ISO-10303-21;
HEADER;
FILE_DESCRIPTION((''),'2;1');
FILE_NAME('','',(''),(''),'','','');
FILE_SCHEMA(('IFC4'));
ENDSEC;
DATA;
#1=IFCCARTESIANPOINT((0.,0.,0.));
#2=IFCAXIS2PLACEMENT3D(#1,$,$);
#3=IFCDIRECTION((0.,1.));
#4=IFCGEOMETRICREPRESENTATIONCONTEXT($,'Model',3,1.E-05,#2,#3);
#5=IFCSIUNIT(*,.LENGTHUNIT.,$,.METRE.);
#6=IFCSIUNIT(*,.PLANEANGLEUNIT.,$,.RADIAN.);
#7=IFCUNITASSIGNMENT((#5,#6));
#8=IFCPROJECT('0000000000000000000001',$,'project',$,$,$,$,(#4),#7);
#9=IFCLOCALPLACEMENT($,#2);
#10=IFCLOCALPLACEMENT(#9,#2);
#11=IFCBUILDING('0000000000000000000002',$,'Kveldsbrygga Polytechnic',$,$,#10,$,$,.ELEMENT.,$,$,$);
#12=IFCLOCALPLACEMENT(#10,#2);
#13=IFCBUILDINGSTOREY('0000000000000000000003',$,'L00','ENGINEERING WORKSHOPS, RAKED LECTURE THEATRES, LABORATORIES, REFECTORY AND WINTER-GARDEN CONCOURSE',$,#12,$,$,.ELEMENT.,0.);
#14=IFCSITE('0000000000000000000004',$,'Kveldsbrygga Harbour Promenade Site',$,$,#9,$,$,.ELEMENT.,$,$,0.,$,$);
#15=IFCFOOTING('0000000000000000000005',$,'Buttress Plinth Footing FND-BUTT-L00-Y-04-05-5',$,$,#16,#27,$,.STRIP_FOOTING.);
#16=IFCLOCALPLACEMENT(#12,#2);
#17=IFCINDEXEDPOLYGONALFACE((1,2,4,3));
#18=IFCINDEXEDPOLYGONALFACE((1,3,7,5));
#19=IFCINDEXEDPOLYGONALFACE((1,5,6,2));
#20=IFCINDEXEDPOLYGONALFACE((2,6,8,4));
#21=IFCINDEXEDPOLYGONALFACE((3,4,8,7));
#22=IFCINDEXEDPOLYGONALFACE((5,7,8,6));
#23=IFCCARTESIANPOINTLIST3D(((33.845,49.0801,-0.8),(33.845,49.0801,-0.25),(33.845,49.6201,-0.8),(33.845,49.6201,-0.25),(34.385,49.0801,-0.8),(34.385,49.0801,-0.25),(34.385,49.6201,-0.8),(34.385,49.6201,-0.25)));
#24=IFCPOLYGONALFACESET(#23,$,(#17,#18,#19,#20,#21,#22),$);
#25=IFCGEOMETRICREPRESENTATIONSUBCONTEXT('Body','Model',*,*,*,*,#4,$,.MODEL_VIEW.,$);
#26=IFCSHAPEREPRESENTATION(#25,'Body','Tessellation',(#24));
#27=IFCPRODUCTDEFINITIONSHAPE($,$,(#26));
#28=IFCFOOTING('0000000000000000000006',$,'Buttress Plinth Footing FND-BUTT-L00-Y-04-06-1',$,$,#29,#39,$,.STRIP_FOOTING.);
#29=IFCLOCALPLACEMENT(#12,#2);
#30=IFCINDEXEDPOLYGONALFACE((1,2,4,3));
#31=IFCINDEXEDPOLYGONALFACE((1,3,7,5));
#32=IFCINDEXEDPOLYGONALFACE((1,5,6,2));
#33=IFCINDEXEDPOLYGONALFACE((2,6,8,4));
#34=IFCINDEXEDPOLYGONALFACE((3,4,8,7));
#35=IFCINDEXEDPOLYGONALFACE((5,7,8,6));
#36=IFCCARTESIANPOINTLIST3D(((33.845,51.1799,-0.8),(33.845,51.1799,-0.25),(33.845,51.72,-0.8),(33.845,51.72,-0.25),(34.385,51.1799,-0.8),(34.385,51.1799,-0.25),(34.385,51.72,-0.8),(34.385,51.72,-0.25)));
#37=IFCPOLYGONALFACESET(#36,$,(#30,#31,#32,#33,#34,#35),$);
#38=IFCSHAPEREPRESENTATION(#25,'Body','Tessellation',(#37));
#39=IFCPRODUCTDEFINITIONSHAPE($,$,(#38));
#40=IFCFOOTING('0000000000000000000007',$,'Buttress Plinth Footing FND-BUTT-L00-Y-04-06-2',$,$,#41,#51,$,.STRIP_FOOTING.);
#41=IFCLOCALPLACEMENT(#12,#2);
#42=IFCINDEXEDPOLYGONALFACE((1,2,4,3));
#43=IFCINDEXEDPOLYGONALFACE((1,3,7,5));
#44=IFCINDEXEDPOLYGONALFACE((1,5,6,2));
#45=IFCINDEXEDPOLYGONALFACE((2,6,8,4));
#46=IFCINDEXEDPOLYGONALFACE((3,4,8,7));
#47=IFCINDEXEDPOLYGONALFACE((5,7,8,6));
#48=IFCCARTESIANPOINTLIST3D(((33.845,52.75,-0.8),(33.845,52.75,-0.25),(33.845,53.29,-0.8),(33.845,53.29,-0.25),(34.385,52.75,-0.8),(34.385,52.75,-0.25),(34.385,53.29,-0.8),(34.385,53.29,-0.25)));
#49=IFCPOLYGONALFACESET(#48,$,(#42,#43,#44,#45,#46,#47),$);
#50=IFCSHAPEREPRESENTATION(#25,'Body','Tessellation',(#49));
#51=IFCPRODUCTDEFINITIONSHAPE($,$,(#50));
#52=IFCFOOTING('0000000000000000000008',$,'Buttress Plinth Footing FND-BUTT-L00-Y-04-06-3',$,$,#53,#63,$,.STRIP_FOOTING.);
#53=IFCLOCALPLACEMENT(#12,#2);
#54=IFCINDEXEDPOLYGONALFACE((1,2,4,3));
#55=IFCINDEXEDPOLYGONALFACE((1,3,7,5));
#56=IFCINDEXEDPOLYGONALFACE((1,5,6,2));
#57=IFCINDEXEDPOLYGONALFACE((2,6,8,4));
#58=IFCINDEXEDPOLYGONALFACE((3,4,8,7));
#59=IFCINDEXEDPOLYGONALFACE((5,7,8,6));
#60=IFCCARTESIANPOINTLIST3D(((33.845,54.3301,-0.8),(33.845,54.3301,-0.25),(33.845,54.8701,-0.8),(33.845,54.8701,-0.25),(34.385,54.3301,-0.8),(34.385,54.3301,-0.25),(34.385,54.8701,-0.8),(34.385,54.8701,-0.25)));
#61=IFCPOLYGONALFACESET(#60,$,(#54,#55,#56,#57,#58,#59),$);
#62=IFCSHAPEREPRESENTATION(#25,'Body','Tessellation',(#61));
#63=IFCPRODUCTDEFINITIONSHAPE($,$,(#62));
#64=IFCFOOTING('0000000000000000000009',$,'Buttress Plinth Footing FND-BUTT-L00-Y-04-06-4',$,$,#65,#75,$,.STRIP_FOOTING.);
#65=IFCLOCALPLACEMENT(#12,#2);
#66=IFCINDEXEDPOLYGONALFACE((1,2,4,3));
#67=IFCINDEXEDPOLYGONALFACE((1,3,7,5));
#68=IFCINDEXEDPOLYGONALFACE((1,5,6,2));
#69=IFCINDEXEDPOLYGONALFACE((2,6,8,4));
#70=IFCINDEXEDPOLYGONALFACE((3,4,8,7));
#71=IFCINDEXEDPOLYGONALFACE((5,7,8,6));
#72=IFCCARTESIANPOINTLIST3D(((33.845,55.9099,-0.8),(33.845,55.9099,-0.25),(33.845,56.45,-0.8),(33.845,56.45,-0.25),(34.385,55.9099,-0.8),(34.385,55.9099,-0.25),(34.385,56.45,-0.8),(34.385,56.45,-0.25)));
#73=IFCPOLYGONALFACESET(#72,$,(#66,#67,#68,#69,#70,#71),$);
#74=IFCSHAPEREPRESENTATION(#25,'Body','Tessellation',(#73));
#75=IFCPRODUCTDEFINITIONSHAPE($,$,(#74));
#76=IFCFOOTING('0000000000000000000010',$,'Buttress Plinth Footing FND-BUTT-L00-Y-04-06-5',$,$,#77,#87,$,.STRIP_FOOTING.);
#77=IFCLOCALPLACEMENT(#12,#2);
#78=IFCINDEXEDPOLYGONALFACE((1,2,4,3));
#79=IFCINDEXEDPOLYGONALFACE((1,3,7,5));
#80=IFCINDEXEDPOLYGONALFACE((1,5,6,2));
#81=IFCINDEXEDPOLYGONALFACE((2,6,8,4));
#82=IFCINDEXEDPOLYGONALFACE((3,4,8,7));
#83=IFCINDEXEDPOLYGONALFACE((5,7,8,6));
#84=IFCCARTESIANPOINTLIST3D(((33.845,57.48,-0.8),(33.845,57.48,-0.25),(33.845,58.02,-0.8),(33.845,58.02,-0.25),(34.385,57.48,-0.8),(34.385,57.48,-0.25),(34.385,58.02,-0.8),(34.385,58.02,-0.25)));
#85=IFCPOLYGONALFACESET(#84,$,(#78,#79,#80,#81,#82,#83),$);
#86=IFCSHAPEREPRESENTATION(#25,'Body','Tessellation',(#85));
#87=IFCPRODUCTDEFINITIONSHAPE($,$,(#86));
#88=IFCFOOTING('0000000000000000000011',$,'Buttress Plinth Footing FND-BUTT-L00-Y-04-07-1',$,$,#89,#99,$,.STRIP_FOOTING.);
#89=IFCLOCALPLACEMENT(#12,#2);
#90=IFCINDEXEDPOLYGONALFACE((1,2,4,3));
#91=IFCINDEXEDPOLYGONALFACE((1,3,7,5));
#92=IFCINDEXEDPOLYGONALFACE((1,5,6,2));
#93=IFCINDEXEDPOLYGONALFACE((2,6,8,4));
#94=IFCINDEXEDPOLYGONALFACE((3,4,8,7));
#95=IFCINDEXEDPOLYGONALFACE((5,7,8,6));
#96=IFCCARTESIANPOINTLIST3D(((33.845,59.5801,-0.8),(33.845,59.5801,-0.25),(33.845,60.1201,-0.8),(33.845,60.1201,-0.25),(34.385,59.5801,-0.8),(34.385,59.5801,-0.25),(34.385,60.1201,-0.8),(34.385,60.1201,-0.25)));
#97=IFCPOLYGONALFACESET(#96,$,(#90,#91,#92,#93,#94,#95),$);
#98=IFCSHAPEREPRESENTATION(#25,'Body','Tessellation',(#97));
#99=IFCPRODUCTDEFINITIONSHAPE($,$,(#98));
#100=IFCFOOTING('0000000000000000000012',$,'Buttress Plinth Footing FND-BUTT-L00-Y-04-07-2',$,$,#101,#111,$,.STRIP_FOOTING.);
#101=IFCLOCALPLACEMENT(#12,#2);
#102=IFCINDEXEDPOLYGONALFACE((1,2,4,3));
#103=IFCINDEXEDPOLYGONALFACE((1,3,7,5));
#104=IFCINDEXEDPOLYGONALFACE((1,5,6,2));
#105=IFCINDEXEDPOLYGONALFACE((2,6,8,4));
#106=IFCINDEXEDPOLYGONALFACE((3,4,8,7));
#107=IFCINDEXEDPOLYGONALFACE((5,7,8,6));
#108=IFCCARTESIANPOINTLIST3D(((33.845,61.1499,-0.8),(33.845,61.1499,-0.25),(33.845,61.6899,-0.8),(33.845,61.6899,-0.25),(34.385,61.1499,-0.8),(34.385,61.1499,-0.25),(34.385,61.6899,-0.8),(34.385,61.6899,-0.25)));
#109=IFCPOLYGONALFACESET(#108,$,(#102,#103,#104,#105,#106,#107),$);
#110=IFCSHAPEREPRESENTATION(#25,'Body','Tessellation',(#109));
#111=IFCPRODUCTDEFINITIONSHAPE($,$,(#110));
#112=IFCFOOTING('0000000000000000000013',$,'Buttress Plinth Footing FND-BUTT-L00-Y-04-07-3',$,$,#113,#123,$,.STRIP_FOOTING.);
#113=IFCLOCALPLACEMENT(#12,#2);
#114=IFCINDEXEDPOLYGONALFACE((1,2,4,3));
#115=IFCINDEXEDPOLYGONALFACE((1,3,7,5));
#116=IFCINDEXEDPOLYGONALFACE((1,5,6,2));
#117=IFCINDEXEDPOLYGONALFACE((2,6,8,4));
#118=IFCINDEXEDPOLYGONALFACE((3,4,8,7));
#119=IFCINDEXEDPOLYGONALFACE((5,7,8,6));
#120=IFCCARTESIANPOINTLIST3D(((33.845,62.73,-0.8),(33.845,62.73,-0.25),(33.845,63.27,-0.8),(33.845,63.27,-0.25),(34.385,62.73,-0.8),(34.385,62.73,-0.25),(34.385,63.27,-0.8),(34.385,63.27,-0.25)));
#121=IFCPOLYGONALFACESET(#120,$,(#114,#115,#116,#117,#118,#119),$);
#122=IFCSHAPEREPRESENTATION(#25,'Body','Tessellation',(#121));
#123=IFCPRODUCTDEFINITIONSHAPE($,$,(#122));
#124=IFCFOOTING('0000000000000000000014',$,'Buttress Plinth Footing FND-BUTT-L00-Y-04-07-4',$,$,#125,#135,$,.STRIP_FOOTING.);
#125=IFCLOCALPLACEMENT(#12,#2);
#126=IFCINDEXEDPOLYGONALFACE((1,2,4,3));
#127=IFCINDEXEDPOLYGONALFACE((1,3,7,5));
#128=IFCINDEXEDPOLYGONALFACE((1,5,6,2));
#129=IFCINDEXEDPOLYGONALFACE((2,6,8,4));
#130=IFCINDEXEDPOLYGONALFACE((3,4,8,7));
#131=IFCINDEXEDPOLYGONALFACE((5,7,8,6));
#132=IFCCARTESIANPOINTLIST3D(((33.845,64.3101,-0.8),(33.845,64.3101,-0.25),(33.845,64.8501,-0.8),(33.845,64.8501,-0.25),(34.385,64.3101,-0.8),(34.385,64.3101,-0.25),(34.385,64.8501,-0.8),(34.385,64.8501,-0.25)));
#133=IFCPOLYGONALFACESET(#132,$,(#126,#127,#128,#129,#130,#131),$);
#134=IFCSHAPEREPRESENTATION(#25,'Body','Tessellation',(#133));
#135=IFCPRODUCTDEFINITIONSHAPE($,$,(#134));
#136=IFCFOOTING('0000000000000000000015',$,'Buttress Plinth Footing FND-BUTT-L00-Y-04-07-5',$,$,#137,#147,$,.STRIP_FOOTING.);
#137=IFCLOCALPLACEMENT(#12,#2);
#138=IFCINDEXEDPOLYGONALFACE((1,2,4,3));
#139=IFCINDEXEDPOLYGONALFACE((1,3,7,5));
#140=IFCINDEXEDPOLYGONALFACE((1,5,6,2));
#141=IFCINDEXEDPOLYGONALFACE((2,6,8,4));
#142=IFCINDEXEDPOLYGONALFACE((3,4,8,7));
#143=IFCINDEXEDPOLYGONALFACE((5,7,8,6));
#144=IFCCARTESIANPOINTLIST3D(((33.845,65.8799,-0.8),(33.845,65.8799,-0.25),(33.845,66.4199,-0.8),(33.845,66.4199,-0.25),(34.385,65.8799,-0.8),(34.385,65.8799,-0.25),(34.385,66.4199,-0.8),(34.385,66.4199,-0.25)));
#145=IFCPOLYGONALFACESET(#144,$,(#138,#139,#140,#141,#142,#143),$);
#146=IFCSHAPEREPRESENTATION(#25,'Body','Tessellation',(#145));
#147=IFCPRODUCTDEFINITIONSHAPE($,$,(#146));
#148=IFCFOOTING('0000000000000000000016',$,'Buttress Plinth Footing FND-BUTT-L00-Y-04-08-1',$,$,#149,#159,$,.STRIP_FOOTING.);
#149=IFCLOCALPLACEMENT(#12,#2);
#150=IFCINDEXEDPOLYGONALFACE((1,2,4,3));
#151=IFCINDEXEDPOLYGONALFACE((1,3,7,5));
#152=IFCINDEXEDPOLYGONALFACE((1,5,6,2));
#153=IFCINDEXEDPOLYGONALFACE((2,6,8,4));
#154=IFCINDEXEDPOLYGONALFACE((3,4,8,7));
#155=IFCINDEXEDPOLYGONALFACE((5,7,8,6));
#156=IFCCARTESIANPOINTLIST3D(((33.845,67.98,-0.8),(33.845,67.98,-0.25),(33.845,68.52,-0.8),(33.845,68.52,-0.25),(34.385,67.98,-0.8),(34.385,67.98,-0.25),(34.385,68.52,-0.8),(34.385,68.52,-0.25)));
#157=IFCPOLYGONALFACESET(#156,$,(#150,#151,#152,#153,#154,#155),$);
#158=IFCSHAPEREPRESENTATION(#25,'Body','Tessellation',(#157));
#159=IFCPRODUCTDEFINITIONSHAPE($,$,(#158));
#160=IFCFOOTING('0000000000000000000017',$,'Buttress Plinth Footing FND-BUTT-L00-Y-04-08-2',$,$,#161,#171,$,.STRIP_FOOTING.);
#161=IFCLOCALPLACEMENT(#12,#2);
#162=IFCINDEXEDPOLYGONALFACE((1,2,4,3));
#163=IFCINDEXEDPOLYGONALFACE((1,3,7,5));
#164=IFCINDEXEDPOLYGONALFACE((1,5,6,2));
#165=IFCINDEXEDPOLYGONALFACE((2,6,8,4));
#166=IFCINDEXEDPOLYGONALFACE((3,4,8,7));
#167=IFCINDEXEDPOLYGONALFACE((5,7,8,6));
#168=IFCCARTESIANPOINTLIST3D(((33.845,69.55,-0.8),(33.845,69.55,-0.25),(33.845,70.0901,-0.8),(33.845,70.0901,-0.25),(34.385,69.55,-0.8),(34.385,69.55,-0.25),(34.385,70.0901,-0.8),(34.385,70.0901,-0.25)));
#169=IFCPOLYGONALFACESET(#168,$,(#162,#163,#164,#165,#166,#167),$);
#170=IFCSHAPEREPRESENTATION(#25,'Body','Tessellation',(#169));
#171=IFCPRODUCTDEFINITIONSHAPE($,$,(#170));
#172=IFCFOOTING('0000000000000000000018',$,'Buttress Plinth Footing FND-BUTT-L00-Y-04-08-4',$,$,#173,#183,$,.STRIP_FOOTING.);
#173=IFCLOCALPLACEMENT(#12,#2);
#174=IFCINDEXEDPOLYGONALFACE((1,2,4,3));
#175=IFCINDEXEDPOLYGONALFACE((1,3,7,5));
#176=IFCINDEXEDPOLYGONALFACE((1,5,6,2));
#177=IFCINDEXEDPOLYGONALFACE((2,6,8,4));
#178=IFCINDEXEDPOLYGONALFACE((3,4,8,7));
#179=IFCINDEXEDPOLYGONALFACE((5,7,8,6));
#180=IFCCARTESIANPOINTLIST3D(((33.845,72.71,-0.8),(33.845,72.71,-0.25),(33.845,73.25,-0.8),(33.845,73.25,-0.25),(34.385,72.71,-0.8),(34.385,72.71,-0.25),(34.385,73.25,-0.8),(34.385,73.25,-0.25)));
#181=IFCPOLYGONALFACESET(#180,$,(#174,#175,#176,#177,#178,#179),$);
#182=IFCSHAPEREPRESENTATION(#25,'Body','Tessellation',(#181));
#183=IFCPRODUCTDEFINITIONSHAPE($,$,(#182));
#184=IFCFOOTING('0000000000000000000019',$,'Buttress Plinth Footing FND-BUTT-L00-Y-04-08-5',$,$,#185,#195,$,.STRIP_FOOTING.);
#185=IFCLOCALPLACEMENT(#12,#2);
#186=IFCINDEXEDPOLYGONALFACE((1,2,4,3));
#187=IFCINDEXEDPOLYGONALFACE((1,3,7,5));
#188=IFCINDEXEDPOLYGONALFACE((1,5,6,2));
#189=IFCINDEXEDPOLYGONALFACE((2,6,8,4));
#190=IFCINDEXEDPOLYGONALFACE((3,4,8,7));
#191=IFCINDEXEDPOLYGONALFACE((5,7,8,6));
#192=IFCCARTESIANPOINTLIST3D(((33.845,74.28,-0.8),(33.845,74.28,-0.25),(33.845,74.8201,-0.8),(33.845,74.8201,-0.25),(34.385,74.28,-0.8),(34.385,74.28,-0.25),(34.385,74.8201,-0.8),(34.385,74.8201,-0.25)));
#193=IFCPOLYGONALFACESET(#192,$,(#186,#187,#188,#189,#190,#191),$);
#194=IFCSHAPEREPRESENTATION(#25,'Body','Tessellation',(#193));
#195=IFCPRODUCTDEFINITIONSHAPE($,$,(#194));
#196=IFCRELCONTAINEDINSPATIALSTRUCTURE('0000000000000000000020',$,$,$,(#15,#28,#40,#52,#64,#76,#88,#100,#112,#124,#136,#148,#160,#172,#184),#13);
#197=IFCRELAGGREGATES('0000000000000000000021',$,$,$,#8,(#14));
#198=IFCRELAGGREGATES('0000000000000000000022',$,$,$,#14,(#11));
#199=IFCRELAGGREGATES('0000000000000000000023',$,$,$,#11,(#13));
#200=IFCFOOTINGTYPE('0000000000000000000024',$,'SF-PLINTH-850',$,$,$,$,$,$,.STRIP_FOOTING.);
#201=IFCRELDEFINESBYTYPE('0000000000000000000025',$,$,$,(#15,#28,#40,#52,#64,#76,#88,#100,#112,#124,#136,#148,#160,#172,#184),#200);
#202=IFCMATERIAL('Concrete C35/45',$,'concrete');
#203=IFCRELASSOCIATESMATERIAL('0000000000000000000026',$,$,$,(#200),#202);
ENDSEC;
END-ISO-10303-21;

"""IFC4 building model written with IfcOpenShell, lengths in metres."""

from ifc_helpers import new_model, si_unit, direction, frame, origin, place, context, subcontext, project, spatial, polyline, outline, extrude, material, type_object, element, save


model = new_model("IFC4")

# Units and contexts
model_context = context("Model", 3, precision=1e-05, world=origin(), true_north=direction((0.0, 1.0)))
body_context = subcontext(model_context, "Body", "Model", "MODEL_VIEW")
ifc_project = project(units=[si_unit("LENGTHUNIT", "METRE"), si_unit("PLANEANGLEUNIT", "RADIAN")], contexts=[model_context])

# Site, building, storey
site_placement = place(None, origin())
site = spatial("IfcSite", under=ifc_project, at=site_placement, Name="Kveldsbrygga Harbour Promenade Site", CompositionType="ELEMENT", RefElevation=0.0)
building_placement = place(site_placement, origin())
building = spatial("IfcBuilding", under=site, at=building_placement, Name="Kveldsbrygga Polytechnic", CompositionType="ELEMENT")
storey_placement = place(building_placement, origin())
storey = spatial("IfcBuildingStorey", under=building, at=storey_placement, Name="L00", Description="ENGINEERING WORKSHOPS, RAKED LECTURE THEATRES, LABORATORIES, REFECTORY AND WINTER-GARDEN CONCOURSE", CompositionType="ELEMENT", Elevation=0.0)

# Footings
ifc_material = material(Name="Concrete C35/45", Category="concrete")
footing_type = type_object("IfcFootingType", Name="SF-PLINTH-850", PredefinedType="STRIP_FOOTING", material=ifc_material)
footing_1_placement = place(storey_placement, frame((0.0, 0.0, -0.8)))
element("IfcFooting", 1, at=footing_1_placement, inside=storey, type_object=footing_type, Name="Buttress Plinth Footing FND-BUTT-L00-Y-04-05-5", PredefinedType="STRIP_FOOTING", context=body_context, shape_type="SweptSolid", body=[
    extrude(outline(polyline([(33.845, 49.0801), (34.385, 49.0801), (34.385, 49.6201), (33.845, 49.6201), (33.845, 49.0801)])), origin(), (0.0, 0.0, 1.0), 0.55),
])
footing_2_placement = place(storey_placement, frame((0.0, 0.0, -0.8)))
element("IfcFooting", 2, at=footing_2_placement, inside=storey, type_object=footing_type, Name="Buttress Plinth Footing FND-BUTT-L00-Y-04-06-1", PredefinedType="STRIP_FOOTING", context=body_context, shape_type="SweptSolid", body=[
    extrude(outline(polyline([(33.845, 51.1799), (34.385, 51.1799), (34.385, 51.72), (33.845, 51.72), (33.845, 51.1799)])), origin(), (0.0, 0.0, 1.0), 0.55),
])
footing_3_placement = place(storey_placement, frame((0.0, 0.0, -0.8)))
element("IfcFooting", 3, at=footing_3_placement, inside=storey, type_object=footing_type, Name="Buttress Plinth Footing FND-BUTT-L00-Y-04-06-2", PredefinedType="STRIP_FOOTING", context=body_context, shape_type="SweptSolid", body=[
    extrude(outline(polyline([(33.845, 52.75), (34.385, 52.75), (34.385, 53.29), (33.845, 53.29), (33.845, 52.75)])), origin(), (0.0, 0.0, 1.0), 0.55),
])
footing_4_placement = place(storey_placement, frame((0.0, 0.0, -0.8)))
element("IfcFooting", 4, at=footing_4_placement, inside=storey, type_object=footing_type, Name="Buttress Plinth Footing FND-BUTT-L00-Y-04-06-3", PredefinedType="STRIP_FOOTING", context=body_context, shape_type="SweptSolid", body=[
    extrude(outline(polyline([(33.845, 54.3301), (34.385, 54.3301), (34.385, 54.8701), (33.845, 54.8701), (33.845, 54.3301)])), origin(), (0.0, 0.0, 1.0), 0.55),
])
footing_5_placement = place(storey_placement, frame((0.0, 0.0, -0.8)))
element("IfcFooting", 5, at=footing_5_placement, inside=storey, type_object=footing_type, Name="Buttress Plinth Footing FND-BUTT-L00-Y-04-06-4", PredefinedType="STRIP_FOOTING", context=body_context, shape_type="SweptSolid", body=[
    extrude(outline(polyline([(33.845, 55.9099), (34.385, 55.9099), (34.385, 56.45), (33.845, 56.45), (33.845, 55.9099)])), origin(), (0.0, 0.0, 1.0), 0.55),
])
footing_6_placement = place(storey_placement, frame((0.0, 0.0, -0.8)))
element("IfcFooting", 6, at=footing_6_placement, inside=storey, type_object=footing_type, Name="Buttress Plinth Footing FND-BUTT-L00-Y-04-06-5", PredefinedType="STRIP_FOOTING", context=body_context, shape_type="SweptSolid", body=[
    extrude(outline(polyline([(33.845, 57.48), (34.385, 57.48), (34.385, 58.02), (33.845, 58.02), (33.845, 57.48)])), origin(), (0.0, 0.0, 1.0), 0.55),
])
footing_7_placement = place(storey_placement, frame((0.0, 0.0, -0.8)))
element("IfcFooting", 7, at=footing_7_placement, inside=storey, type_object=footing_type, Name="Buttress Plinth Footing FND-BUTT-L00-Y-04-07-1", PredefinedType="STRIP_FOOTING", context=body_context, shape_type="SweptSolid", body=[
    extrude(outline(polyline([(33.845, 59.5801), (34.385, 59.5801), (34.385, 60.1201), (33.845, 60.1201), (33.845, 59.5801)])), origin(), (0.0, 0.0, 1.0), 0.55),
])
footing_8_placement = place(storey_placement, frame((0.0, 0.0, -0.8)))
element("IfcFooting", 8, at=footing_8_placement, inside=storey, type_object=footing_type, Name="Buttress Plinth Footing FND-BUTT-L00-Y-04-07-2", PredefinedType="STRIP_FOOTING", context=body_context, shape_type="SweptSolid", body=[
    extrude(outline(polyline([(33.845, 61.1499), (34.385, 61.1499), (34.385, 61.6899), (33.845, 61.6899), (33.845, 61.1499)])), origin(), (0.0, 0.0, 1.0), 0.55),
])
footing_9_placement = place(storey_placement, frame((0.0, 0.0, -0.8)))
element("IfcFooting", 9, at=footing_9_placement, inside=storey, type_object=footing_type, Name="Buttress Plinth Footing FND-BUTT-L00-Y-04-07-3", PredefinedType="STRIP_FOOTING", context=body_context, shape_type="SweptSolid", body=[
    extrude(outline(polyline([(33.845, 62.73), (34.385, 62.73), (34.385, 63.27), (33.845, 63.27), (33.845, 62.73)])), origin(), (0.0, 0.0, 1.0), 0.55),
])
footing_10_placement = place(storey_placement, frame((0.0, 0.0, -0.8)))
element("IfcFooting", 10, at=footing_10_placement, inside=storey, type_object=footing_type, Name="Buttress Plinth Footing FND-BUTT-L00-Y-04-07-4", PredefinedType="STRIP_FOOTING", context=body_context, shape_type="SweptSolid", body=[
    extrude(outline(polyline([(33.845, 64.3101), (34.385, 64.3101), (34.385, 64.8501), (33.845, 64.8501), (33.845, 64.3101)])), origin(), (0.0, 0.0, 1.0), 0.55),
])
footing_11_placement = place(storey_placement, frame((0.0, 0.0, -0.8)))
element("IfcFooting", 11, at=footing_11_placement, inside=storey, type_object=footing_type, Name="Buttress Plinth Footing FND-BUTT-L00-Y-04-07-5", PredefinedType="STRIP_FOOTING", context=body_context, shape_type="SweptSolid", body=[
    extrude(outline(polyline([(33.845, 65.8799), (34.385, 65.8799), (34.385, 66.4199), (33.845, 66.4199), (33.845, 65.8799)])), origin(), (0.0, 0.0, 1.0), 0.55),
])
footing_12_placement = place(storey_placement, frame((0.0, 0.0, -0.8)))
element("IfcFooting", 12, at=footing_12_placement, inside=storey, type_object=footing_type, Name="Buttress Plinth Footing FND-BUTT-L00-Y-04-08-1", PredefinedType="STRIP_FOOTING", context=body_context, shape_type="SweptSolid", body=[
    extrude(outline(polyline([(33.845, 67.98), (34.385, 67.98), (34.385, 68.52), (33.845, 68.52), (33.845, 67.98)])), origin(), (0.0, 0.0, 1.0), 0.55),
])
footing_13_placement = place(storey_placement, frame((0.0, 0.0, -0.8)))
element("IfcFooting", 13, at=footing_13_placement, inside=storey, type_object=footing_type, Name="Buttress Plinth Footing FND-BUTT-L00-Y-04-08-2", PredefinedType="STRIP_FOOTING", context=body_context, shape_type="SweptSolid", body=[
    extrude(outline(polyline([(33.845, 69.55), (34.385, 69.55), (34.385, 70.0901), (33.845, 70.0901), (33.845, 69.55)])), origin(), (0.0, 0.0, 1.0), 0.55),
])
footing_14_placement = place(storey_placement, frame((0.0, 0.0, -0.8)))
element("IfcFooting", 14, at=footing_14_placement, inside=storey, type_object=footing_type, Name="Buttress Plinth Footing FND-BUTT-L00-Y-04-08-4", PredefinedType="STRIP_FOOTING", context=body_context, shape_type="SweptSolid", body=[
    extrude(outline(polyline([(33.845, 72.71), (34.385, 72.71), (34.385, 73.25), (33.845, 73.25), (33.845, 72.71)])), origin(), (0.0, 0.0, 1.0), 0.55),
])
footing_15_placement = place(storey_placement, frame((0.0, 0.0, -0.8)))
element("IfcFooting", 15, at=footing_15_placement, inside=storey, type_object=footing_type, Name="Buttress Plinth Footing FND-BUTT-L00-Y-04-08-5", PredefinedType="STRIP_FOOTING", context=body_context, shape_type="SweptSolid", body=[
    extrude(outline(polyline([(33.845, 74.28), (34.385, 74.28), (34.385, 74.8201), (33.845, 74.8201), (33.845, 74.28)])), origin(), (0.0, 0.0, 1.0), 0.55),
])

save(model, "model.ifc")
